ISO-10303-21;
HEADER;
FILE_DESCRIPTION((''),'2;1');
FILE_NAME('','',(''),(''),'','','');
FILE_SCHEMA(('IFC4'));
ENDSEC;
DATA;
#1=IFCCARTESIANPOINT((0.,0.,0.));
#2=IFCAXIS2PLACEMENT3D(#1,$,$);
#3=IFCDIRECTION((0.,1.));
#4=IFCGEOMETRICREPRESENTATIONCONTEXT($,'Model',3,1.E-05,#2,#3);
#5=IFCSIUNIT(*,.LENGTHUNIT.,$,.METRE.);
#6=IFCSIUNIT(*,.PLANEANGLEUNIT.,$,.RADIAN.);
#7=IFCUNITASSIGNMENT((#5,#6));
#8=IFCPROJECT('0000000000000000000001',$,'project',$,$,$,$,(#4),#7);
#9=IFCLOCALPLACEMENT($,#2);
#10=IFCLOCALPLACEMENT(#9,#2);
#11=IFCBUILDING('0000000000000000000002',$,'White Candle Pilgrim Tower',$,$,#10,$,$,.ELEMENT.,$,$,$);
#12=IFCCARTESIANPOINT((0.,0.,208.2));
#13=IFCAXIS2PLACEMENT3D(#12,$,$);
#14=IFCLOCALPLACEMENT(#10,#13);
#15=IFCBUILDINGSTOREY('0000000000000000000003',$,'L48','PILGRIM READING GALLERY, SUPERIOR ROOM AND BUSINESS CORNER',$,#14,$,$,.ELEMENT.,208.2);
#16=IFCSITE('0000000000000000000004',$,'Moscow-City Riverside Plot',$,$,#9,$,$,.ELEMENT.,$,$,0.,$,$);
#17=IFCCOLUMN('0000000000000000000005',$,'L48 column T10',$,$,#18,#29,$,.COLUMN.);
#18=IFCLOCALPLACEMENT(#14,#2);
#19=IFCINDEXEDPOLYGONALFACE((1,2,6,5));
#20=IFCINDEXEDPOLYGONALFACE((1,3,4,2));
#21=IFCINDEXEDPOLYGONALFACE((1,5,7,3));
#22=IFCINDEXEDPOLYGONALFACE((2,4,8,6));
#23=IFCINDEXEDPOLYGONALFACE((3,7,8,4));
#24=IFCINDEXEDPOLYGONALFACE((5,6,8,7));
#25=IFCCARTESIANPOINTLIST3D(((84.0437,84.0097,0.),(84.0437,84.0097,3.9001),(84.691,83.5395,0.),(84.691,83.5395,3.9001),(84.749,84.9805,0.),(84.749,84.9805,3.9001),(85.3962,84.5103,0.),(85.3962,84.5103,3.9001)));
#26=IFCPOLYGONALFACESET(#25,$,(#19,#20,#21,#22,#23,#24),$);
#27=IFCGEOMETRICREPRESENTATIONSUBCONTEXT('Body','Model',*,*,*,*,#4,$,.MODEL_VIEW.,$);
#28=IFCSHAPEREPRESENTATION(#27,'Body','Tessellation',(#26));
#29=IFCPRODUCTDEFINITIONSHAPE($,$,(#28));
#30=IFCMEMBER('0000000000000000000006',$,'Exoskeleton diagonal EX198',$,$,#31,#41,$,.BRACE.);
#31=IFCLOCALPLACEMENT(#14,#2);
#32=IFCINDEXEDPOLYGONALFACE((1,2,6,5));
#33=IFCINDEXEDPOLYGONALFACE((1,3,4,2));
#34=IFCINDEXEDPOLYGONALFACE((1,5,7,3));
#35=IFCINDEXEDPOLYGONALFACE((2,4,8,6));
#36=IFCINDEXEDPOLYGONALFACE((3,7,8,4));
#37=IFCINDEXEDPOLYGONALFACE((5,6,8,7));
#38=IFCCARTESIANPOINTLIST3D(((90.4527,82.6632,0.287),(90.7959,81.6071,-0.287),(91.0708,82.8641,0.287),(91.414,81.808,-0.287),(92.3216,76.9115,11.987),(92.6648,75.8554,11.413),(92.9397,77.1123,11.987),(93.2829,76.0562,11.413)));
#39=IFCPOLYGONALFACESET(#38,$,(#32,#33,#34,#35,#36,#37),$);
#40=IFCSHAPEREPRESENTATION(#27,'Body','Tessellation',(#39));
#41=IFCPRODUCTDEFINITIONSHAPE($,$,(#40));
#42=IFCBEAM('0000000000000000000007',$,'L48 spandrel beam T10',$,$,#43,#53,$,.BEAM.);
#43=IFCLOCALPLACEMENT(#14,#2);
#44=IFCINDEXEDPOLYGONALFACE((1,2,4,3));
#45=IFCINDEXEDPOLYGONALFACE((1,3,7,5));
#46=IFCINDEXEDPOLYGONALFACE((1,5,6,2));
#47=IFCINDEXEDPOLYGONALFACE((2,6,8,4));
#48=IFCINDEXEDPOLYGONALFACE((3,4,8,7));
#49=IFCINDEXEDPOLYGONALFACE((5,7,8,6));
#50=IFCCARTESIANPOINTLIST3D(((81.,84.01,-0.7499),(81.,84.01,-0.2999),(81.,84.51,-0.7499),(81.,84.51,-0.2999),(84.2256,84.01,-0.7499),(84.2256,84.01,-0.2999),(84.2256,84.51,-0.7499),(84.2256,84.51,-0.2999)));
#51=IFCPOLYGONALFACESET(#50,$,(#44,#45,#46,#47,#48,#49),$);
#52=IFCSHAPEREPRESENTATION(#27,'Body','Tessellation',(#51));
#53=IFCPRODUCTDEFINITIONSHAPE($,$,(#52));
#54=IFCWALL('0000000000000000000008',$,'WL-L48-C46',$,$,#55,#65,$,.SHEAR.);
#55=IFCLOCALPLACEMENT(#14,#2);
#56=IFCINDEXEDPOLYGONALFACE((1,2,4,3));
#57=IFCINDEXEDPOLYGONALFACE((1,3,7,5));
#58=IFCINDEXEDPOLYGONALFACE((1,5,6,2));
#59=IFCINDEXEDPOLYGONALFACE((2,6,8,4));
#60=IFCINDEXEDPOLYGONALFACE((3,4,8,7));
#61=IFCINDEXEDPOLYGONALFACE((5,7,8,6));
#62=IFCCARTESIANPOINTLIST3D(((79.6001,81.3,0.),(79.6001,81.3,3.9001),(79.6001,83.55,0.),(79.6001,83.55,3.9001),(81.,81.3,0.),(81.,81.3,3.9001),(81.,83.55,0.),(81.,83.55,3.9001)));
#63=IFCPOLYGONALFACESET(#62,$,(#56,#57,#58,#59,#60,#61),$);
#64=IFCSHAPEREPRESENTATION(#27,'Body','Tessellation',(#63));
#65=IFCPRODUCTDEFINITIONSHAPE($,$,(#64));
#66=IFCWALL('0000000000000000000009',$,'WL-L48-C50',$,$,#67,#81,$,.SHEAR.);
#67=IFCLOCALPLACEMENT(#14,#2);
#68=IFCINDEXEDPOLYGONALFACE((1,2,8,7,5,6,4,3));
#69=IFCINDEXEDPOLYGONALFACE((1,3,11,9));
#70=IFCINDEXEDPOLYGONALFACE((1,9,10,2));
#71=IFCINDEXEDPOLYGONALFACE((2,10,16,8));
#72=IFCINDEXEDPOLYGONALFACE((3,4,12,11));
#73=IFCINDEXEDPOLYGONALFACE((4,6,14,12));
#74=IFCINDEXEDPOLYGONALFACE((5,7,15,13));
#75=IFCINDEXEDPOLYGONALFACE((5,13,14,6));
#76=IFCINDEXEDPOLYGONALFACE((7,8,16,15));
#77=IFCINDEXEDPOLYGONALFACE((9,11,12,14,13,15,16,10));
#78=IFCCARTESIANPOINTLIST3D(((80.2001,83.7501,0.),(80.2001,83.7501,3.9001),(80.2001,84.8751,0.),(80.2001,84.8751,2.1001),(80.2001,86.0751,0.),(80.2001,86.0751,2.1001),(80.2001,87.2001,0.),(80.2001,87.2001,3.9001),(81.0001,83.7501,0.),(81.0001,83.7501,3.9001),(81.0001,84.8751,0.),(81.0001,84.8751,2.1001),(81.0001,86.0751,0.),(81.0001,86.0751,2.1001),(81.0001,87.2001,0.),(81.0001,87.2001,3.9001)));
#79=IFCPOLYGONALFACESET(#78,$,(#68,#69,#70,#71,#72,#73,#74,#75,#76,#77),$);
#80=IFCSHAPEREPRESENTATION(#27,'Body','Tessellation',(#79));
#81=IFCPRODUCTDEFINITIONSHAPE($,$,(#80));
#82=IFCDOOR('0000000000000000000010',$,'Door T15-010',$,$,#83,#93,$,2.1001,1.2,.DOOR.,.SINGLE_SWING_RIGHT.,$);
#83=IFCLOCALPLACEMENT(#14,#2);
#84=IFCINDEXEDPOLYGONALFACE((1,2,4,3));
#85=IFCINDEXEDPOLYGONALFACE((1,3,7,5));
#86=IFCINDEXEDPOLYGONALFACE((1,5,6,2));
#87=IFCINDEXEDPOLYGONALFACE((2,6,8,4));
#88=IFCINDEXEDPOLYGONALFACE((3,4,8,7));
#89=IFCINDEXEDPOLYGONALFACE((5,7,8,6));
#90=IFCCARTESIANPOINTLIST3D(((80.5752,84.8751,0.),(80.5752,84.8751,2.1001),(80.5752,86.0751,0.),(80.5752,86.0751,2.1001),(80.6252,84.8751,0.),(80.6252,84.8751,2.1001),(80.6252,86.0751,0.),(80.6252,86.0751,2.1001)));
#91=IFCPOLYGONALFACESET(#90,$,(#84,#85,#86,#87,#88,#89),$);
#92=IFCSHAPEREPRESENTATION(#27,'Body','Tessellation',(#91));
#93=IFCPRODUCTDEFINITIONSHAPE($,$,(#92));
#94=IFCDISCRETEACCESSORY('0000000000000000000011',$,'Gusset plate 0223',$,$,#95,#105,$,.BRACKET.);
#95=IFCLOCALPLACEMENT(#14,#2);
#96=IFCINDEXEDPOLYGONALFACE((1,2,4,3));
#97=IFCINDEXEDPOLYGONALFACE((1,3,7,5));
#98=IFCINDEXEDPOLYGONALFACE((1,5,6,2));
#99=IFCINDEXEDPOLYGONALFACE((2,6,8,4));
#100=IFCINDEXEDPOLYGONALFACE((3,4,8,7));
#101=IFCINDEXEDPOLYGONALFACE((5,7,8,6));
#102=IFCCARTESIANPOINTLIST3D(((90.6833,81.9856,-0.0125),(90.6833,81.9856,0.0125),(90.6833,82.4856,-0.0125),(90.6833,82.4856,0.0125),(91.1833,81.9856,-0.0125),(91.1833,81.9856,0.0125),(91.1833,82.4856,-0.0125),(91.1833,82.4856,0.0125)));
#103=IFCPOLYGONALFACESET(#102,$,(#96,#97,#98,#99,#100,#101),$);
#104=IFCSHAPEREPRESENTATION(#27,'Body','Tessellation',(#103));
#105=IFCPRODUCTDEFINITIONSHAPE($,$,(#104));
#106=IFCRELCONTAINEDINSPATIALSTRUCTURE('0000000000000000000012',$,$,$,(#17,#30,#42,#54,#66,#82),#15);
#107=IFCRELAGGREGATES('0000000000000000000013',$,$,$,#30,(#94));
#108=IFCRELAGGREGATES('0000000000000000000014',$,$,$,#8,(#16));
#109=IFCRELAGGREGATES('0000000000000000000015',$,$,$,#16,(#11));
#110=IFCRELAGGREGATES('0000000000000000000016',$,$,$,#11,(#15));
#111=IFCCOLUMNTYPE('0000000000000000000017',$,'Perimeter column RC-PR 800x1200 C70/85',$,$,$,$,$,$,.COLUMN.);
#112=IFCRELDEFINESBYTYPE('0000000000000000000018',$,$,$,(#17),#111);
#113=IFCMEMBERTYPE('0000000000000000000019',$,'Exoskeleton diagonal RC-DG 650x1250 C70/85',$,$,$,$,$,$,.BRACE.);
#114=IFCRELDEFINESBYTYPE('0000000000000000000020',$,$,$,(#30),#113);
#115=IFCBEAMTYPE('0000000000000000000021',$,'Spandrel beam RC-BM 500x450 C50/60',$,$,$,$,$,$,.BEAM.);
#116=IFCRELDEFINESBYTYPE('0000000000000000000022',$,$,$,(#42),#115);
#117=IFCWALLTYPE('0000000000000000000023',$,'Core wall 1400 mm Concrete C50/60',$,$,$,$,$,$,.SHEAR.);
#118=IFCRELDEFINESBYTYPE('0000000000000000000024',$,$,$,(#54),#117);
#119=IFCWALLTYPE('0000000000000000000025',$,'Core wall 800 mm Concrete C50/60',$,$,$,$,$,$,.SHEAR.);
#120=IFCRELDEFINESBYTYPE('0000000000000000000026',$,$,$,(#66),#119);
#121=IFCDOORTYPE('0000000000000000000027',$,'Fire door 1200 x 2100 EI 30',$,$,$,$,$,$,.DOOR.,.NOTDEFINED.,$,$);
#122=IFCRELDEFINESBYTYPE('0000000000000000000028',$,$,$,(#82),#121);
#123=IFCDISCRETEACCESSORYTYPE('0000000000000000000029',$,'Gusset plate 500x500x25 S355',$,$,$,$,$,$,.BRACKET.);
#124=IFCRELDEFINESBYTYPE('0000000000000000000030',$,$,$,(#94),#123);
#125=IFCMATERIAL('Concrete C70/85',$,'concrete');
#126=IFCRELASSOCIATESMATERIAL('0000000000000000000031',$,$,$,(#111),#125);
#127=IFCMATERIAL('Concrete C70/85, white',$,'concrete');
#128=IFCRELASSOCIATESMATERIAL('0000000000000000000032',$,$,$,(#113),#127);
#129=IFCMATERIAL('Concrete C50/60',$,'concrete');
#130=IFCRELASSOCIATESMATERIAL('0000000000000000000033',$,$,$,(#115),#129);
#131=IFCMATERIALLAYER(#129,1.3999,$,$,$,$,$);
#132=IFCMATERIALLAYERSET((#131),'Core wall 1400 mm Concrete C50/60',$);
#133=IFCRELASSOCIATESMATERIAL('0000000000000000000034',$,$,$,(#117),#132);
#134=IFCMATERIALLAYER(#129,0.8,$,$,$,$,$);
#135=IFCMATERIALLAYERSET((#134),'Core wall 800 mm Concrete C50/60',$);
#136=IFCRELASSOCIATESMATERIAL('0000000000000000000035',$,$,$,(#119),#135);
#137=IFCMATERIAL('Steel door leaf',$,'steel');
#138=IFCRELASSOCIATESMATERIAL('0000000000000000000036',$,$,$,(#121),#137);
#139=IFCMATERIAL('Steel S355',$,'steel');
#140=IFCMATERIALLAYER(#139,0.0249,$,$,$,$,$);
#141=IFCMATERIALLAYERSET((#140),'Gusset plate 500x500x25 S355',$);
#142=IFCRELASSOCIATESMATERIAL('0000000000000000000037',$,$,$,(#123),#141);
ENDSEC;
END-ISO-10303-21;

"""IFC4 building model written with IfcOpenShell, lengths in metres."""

from ifc_helpers import new_model, si_unit, direction, frame, frame_2d, origin, origin_2d, place, context, subcontext, project, spatial, rectangle, extrude, material, layer, layer_set, material_profile, profile_set, type_object, element, fill, aggregate, save


model = new_model("IFC4")

# Units and contexts
model_context = context("Model", 3, precision=1e-05, world=origin(), true_north=direction((0.0, 1.0)))
body_context = subcontext(model_context, "Body", "Model", "MODEL_VIEW")
ifc_project = project(units=[si_unit("LENGTHUNIT", "METRE"), si_unit("PLANEANGLEUNIT", "RADIAN")], contexts=[model_context])

# Site, building, storey
site_placement = place(None, origin())
site = spatial("IfcSite", under=ifc_project, at=site_placement, Name="Moscow-City Riverside Plot", CompositionType="ELEMENT", RefElevation=0.0)
building_placement = place(site_placement, origin())
building = spatial("IfcBuilding", under=site, at=building_placement, Name="White Candle Pilgrim Tower", CompositionType="ELEMENT")
storey_placement = place(building_placement, frame((0.0, 0.0, 208.2)))
storey = spatial("IfcBuildingStorey", under=building, at=storey_placement, Name="L48", Description="PILGRIM READING GALLERY, SUPERIOR ROOM AND BUSINESS CORNER", CompositionType="ELEMENT", Elevation=208.2)

# Column
ifc_material_1 = material(Name="Concrete C70/85", Category="concrete")
ifc_material_profile_1 = material_profile(ifc_material_1, rectangle(XDim=0.8, YDim=1.2, at=origin_2d()), Name="RC-PR 800x1200")
ifc_profile_set_1 = profile_set([ifc_material_profile_1], Name="Concrete C70/85")
column_type = type_object("IfcColumnType", Name="Perimeter column RC-PR 800x1200 C70/85", PredefinedType="COLUMN", material=ifc_profile_set_1)
column_placement = place(storey_placement, frame((84.72, 84.26, 0.0), z_axis=(0.0, 0.0, 1.0), x_axis=(0.809027, -0.587771, 0.0)))
element("IfcColumn", 1, at=column_placement, inside=storey, type_object=column_type, Name="L48 column T10", PredefinedType="COLUMN", context=body_context, shape_type="SweptSolid", body=[
    extrude(rectangle(XDim=0.8, YDim=1.2, at=origin_2d()), origin(), (0.0, 0.0, 1.0), 3.9001),
])

# Member
ifc_material_2 = material(Name="Concrete C70/85, white", Category="concrete")
ifc_material_profile_2 = material_profile(ifc_material_2, rectangle(XDim=0.6499, YDim=1.25, at=origin_2d()), Name="RC-DG 650x1250")
ifc_profile_set_2 = profile_set([ifc_material_profile_2], Name="Concrete C70/85, white")
member_type = type_object("IfcMemberType", Name="Exoskeleton diagonal RC-DG 650x1250 C70/85", PredefinedType="BRACE", material=ifc_profile_set_2)
member_placement = place(storey_placement, frame((90.9333, 82.2356, 0.0), z_axis=(0.141899, -0.436709, 0.888341), x_axis=(0.951054, 0.309025, 0.0)))
member = element("IfcMember", 2, at=member_placement, inside=storey, type_object=member_type, Name="Exoskeleton diagonal EX198", PredefinedType="BRACE", context=body_context, shape_type="SweptSolid", body=[
    extrude(rectangle(XDim=0.6499, YDim=1.25, at=origin_2d()), origin(), (0.0, 0.0, 1.0), 13.1707),
])

# Beam
ifc_material_3 = material(Name="Concrete C50/60", Category="concrete")
ifc_material_profile_3 = material_profile(ifc_material_3, rectangle(XDim=0.5, YDim=0.45, at=origin_2d()), Name="RC-BM 500x450")
ifc_profile_set_3 = profile_set([ifc_material_profile_3], Name="Concrete C50/60")
beam_type = type_object("IfcBeamType", Name="Spandrel beam RC-BM 500x450 C50/60", PredefinedType="BEAM", material=ifc_profile_set_3)
beam_placement = place(storey_placement, frame((84.2256, 84.26, -0.5249), z_axis=(-1.0, 0.0, 0.0), x_axis=(0.0, -1.0, 0.0)))
element("IfcBeam", 3, at=beam_placement, inside=storey, type_object=beam_type, Name="L48 spandrel beam T10", PredefinedType="BEAM", context=body_context, shape_type="SweptSolid", body=[
    extrude(rectangle(XDim=0.5, YDim=0.45, at=origin_2d()), origin(), (0.0, 0.0, 1.0), 3.2256),
])

# Wall
ifc_layer_1 = layer(ifc_material_3, 1.3999)
ifc_layer_set_1 = layer_set([ifc_layer_1], Name="Core wall 1400 mm Concrete C50/60")
wall_type_1 = type_object("IfcWallType", Name="Core wall 1400 mm Concrete C50/60", PredefinedType="SHEAR", material=ifc_layer_set_1)
wall_1_placement = place(storey_placement, frame((80.3, 81.3, 0.0), z_axis=(0.0, 0.0, 1.0), x_axis=(0.0, 1.0, 0.0)))
element("IfcWall", 4, at=wall_1_placement, inside=storey, type_object=wall_type_1, Name="WL-L48-C46", PredefinedType="SHEAR", context=body_context, shape_type="SweptSolid", body=[
    extrude(rectangle(XDim=2.25, YDim=1.3999, at=frame_2d((1.125, 0.0))), origin(), (0.0, 0.0, 1.0), 3.9001),
])

# Wall, opening, door
ifc_layer_2 = layer(ifc_material_3, 0.8)
ifc_layer_set_2 = layer_set([ifc_layer_2], Name="Core wall 800 mm Concrete C50/60")
wall_type_2 = type_object("IfcWallType", Name="Core wall 800 mm Concrete C50/60", PredefinedType="SHEAR", material=ifc_layer_set_2)
wall_2_placement = place(storey_placement, frame((80.6001, 83.75, 0.0), z_axis=(0.0, 0.0, 1.0), x_axis=(0.0, 1.0, 0.0)))
wall_2 = element("IfcWall", 5, at=wall_2_placement, inside=storey, type_object=wall_type_2, Name="WL-L48-C50", PredefinedType="SHEAR", context=body_context, shape_type="SweptSolid", body=[
    extrude(rectangle(XDim=3.45, YDim=0.8, at=frame_2d((1.7251, 0.0))), origin(), (0.0, 0.0, 1.0), 3.9001),
])
opening_1_placement = place(wall_2_placement, frame((1.125, 0.0, 0.0)))
opening_1 = element("IfcOpeningElement", 6, at=opening_1_placement, cuts=wall_2, PredefinedType="OPENING", context=body_context, shape_type="SweptSolid", body=[
    extrude(rectangle(XDim=1.2, YDim=2.1001, at=frame_2d((0.6001, 1.05))), frame((0.0, 0.4099, 0.0), z_axis=(0.0, -1.0, 0.0), x_axis=(1.0, 0.0, 0.0)), (0.0, 0.0, 1.0), 0.8201),
])
ifc_material_4 = material(Name="Steel door leaf", Category="steel")
door_type_1 = type_object("IfcDoorType", Name="Fire door 1200 x 2100 EI 30", OperationType="NOTDEFINED", PredefinedType="DOOR", material=ifc_material_4)
door_1_placement = place(opening_1_placement, origin())
door_1 = element("IfcDoor", 7, at=door_1_placement, inside=storey, type_object=door_type_1, Name="Door T15-010", OperationType="SINGLE_SWING_RIGHT", OverallHeight=2.1001, OverallWidth=1.2, PredefinedType="DOOR", context=body_context, shape_type="SweptSolid", body=[
    extrude(rectangle(XDim=1.2, YDim=2.1001, at=frame_2d((0.6001, 1.05))), frame((0.0, 0.0249, 0.0), z_axis=(0.0, -1.0, 0.0), x_axis=(1.0, 0.0, 0.0)), (0.0, 0.0, 1.0), 0.05),
])
fill(opening_1, door_1)

# Discrete accessory
ifc_material_5 = material(Name="Steel S355", Category="steel")
ifc_layer_3 = layer(ifc_material_5, 0.0249)
ifc_layer_set_3 = layer_set([ifc_layer_3], Name="Gusset plate 500x500x25 S355")
discrete_accessory_type = type_object("IfcDiscreteAccessoryType", Name="Gusset plate 500x500x25 S355", PredefinedType="BRACKET", material=ifc_layer_set_3)
discrete_accessory_placement = place(storey_placement, frame((90.9333, 82.2356, -0.0125), z_axis=(0.0, 0.0, 1.0), x_axis=(1.0, 0.0, 0.0)))
discrete_accessory = element("IfcDiscreteAccessory", 8, at=discrete_accessory_placement, type_object=discrete_accessory_type, Name="Gusset plate 0223", PredefinedType="BRACKET", context=body_context, shape_type="SweptSolid", body=[
    extrude(rectangle(XDim=0.5, YDim=0.5, at=origin_2d()), origin(), (0.0, 0.0, 1.0), 0.0249),
])
aggregate(member, [discrete_accessory])

save(model, "model.ifc")
